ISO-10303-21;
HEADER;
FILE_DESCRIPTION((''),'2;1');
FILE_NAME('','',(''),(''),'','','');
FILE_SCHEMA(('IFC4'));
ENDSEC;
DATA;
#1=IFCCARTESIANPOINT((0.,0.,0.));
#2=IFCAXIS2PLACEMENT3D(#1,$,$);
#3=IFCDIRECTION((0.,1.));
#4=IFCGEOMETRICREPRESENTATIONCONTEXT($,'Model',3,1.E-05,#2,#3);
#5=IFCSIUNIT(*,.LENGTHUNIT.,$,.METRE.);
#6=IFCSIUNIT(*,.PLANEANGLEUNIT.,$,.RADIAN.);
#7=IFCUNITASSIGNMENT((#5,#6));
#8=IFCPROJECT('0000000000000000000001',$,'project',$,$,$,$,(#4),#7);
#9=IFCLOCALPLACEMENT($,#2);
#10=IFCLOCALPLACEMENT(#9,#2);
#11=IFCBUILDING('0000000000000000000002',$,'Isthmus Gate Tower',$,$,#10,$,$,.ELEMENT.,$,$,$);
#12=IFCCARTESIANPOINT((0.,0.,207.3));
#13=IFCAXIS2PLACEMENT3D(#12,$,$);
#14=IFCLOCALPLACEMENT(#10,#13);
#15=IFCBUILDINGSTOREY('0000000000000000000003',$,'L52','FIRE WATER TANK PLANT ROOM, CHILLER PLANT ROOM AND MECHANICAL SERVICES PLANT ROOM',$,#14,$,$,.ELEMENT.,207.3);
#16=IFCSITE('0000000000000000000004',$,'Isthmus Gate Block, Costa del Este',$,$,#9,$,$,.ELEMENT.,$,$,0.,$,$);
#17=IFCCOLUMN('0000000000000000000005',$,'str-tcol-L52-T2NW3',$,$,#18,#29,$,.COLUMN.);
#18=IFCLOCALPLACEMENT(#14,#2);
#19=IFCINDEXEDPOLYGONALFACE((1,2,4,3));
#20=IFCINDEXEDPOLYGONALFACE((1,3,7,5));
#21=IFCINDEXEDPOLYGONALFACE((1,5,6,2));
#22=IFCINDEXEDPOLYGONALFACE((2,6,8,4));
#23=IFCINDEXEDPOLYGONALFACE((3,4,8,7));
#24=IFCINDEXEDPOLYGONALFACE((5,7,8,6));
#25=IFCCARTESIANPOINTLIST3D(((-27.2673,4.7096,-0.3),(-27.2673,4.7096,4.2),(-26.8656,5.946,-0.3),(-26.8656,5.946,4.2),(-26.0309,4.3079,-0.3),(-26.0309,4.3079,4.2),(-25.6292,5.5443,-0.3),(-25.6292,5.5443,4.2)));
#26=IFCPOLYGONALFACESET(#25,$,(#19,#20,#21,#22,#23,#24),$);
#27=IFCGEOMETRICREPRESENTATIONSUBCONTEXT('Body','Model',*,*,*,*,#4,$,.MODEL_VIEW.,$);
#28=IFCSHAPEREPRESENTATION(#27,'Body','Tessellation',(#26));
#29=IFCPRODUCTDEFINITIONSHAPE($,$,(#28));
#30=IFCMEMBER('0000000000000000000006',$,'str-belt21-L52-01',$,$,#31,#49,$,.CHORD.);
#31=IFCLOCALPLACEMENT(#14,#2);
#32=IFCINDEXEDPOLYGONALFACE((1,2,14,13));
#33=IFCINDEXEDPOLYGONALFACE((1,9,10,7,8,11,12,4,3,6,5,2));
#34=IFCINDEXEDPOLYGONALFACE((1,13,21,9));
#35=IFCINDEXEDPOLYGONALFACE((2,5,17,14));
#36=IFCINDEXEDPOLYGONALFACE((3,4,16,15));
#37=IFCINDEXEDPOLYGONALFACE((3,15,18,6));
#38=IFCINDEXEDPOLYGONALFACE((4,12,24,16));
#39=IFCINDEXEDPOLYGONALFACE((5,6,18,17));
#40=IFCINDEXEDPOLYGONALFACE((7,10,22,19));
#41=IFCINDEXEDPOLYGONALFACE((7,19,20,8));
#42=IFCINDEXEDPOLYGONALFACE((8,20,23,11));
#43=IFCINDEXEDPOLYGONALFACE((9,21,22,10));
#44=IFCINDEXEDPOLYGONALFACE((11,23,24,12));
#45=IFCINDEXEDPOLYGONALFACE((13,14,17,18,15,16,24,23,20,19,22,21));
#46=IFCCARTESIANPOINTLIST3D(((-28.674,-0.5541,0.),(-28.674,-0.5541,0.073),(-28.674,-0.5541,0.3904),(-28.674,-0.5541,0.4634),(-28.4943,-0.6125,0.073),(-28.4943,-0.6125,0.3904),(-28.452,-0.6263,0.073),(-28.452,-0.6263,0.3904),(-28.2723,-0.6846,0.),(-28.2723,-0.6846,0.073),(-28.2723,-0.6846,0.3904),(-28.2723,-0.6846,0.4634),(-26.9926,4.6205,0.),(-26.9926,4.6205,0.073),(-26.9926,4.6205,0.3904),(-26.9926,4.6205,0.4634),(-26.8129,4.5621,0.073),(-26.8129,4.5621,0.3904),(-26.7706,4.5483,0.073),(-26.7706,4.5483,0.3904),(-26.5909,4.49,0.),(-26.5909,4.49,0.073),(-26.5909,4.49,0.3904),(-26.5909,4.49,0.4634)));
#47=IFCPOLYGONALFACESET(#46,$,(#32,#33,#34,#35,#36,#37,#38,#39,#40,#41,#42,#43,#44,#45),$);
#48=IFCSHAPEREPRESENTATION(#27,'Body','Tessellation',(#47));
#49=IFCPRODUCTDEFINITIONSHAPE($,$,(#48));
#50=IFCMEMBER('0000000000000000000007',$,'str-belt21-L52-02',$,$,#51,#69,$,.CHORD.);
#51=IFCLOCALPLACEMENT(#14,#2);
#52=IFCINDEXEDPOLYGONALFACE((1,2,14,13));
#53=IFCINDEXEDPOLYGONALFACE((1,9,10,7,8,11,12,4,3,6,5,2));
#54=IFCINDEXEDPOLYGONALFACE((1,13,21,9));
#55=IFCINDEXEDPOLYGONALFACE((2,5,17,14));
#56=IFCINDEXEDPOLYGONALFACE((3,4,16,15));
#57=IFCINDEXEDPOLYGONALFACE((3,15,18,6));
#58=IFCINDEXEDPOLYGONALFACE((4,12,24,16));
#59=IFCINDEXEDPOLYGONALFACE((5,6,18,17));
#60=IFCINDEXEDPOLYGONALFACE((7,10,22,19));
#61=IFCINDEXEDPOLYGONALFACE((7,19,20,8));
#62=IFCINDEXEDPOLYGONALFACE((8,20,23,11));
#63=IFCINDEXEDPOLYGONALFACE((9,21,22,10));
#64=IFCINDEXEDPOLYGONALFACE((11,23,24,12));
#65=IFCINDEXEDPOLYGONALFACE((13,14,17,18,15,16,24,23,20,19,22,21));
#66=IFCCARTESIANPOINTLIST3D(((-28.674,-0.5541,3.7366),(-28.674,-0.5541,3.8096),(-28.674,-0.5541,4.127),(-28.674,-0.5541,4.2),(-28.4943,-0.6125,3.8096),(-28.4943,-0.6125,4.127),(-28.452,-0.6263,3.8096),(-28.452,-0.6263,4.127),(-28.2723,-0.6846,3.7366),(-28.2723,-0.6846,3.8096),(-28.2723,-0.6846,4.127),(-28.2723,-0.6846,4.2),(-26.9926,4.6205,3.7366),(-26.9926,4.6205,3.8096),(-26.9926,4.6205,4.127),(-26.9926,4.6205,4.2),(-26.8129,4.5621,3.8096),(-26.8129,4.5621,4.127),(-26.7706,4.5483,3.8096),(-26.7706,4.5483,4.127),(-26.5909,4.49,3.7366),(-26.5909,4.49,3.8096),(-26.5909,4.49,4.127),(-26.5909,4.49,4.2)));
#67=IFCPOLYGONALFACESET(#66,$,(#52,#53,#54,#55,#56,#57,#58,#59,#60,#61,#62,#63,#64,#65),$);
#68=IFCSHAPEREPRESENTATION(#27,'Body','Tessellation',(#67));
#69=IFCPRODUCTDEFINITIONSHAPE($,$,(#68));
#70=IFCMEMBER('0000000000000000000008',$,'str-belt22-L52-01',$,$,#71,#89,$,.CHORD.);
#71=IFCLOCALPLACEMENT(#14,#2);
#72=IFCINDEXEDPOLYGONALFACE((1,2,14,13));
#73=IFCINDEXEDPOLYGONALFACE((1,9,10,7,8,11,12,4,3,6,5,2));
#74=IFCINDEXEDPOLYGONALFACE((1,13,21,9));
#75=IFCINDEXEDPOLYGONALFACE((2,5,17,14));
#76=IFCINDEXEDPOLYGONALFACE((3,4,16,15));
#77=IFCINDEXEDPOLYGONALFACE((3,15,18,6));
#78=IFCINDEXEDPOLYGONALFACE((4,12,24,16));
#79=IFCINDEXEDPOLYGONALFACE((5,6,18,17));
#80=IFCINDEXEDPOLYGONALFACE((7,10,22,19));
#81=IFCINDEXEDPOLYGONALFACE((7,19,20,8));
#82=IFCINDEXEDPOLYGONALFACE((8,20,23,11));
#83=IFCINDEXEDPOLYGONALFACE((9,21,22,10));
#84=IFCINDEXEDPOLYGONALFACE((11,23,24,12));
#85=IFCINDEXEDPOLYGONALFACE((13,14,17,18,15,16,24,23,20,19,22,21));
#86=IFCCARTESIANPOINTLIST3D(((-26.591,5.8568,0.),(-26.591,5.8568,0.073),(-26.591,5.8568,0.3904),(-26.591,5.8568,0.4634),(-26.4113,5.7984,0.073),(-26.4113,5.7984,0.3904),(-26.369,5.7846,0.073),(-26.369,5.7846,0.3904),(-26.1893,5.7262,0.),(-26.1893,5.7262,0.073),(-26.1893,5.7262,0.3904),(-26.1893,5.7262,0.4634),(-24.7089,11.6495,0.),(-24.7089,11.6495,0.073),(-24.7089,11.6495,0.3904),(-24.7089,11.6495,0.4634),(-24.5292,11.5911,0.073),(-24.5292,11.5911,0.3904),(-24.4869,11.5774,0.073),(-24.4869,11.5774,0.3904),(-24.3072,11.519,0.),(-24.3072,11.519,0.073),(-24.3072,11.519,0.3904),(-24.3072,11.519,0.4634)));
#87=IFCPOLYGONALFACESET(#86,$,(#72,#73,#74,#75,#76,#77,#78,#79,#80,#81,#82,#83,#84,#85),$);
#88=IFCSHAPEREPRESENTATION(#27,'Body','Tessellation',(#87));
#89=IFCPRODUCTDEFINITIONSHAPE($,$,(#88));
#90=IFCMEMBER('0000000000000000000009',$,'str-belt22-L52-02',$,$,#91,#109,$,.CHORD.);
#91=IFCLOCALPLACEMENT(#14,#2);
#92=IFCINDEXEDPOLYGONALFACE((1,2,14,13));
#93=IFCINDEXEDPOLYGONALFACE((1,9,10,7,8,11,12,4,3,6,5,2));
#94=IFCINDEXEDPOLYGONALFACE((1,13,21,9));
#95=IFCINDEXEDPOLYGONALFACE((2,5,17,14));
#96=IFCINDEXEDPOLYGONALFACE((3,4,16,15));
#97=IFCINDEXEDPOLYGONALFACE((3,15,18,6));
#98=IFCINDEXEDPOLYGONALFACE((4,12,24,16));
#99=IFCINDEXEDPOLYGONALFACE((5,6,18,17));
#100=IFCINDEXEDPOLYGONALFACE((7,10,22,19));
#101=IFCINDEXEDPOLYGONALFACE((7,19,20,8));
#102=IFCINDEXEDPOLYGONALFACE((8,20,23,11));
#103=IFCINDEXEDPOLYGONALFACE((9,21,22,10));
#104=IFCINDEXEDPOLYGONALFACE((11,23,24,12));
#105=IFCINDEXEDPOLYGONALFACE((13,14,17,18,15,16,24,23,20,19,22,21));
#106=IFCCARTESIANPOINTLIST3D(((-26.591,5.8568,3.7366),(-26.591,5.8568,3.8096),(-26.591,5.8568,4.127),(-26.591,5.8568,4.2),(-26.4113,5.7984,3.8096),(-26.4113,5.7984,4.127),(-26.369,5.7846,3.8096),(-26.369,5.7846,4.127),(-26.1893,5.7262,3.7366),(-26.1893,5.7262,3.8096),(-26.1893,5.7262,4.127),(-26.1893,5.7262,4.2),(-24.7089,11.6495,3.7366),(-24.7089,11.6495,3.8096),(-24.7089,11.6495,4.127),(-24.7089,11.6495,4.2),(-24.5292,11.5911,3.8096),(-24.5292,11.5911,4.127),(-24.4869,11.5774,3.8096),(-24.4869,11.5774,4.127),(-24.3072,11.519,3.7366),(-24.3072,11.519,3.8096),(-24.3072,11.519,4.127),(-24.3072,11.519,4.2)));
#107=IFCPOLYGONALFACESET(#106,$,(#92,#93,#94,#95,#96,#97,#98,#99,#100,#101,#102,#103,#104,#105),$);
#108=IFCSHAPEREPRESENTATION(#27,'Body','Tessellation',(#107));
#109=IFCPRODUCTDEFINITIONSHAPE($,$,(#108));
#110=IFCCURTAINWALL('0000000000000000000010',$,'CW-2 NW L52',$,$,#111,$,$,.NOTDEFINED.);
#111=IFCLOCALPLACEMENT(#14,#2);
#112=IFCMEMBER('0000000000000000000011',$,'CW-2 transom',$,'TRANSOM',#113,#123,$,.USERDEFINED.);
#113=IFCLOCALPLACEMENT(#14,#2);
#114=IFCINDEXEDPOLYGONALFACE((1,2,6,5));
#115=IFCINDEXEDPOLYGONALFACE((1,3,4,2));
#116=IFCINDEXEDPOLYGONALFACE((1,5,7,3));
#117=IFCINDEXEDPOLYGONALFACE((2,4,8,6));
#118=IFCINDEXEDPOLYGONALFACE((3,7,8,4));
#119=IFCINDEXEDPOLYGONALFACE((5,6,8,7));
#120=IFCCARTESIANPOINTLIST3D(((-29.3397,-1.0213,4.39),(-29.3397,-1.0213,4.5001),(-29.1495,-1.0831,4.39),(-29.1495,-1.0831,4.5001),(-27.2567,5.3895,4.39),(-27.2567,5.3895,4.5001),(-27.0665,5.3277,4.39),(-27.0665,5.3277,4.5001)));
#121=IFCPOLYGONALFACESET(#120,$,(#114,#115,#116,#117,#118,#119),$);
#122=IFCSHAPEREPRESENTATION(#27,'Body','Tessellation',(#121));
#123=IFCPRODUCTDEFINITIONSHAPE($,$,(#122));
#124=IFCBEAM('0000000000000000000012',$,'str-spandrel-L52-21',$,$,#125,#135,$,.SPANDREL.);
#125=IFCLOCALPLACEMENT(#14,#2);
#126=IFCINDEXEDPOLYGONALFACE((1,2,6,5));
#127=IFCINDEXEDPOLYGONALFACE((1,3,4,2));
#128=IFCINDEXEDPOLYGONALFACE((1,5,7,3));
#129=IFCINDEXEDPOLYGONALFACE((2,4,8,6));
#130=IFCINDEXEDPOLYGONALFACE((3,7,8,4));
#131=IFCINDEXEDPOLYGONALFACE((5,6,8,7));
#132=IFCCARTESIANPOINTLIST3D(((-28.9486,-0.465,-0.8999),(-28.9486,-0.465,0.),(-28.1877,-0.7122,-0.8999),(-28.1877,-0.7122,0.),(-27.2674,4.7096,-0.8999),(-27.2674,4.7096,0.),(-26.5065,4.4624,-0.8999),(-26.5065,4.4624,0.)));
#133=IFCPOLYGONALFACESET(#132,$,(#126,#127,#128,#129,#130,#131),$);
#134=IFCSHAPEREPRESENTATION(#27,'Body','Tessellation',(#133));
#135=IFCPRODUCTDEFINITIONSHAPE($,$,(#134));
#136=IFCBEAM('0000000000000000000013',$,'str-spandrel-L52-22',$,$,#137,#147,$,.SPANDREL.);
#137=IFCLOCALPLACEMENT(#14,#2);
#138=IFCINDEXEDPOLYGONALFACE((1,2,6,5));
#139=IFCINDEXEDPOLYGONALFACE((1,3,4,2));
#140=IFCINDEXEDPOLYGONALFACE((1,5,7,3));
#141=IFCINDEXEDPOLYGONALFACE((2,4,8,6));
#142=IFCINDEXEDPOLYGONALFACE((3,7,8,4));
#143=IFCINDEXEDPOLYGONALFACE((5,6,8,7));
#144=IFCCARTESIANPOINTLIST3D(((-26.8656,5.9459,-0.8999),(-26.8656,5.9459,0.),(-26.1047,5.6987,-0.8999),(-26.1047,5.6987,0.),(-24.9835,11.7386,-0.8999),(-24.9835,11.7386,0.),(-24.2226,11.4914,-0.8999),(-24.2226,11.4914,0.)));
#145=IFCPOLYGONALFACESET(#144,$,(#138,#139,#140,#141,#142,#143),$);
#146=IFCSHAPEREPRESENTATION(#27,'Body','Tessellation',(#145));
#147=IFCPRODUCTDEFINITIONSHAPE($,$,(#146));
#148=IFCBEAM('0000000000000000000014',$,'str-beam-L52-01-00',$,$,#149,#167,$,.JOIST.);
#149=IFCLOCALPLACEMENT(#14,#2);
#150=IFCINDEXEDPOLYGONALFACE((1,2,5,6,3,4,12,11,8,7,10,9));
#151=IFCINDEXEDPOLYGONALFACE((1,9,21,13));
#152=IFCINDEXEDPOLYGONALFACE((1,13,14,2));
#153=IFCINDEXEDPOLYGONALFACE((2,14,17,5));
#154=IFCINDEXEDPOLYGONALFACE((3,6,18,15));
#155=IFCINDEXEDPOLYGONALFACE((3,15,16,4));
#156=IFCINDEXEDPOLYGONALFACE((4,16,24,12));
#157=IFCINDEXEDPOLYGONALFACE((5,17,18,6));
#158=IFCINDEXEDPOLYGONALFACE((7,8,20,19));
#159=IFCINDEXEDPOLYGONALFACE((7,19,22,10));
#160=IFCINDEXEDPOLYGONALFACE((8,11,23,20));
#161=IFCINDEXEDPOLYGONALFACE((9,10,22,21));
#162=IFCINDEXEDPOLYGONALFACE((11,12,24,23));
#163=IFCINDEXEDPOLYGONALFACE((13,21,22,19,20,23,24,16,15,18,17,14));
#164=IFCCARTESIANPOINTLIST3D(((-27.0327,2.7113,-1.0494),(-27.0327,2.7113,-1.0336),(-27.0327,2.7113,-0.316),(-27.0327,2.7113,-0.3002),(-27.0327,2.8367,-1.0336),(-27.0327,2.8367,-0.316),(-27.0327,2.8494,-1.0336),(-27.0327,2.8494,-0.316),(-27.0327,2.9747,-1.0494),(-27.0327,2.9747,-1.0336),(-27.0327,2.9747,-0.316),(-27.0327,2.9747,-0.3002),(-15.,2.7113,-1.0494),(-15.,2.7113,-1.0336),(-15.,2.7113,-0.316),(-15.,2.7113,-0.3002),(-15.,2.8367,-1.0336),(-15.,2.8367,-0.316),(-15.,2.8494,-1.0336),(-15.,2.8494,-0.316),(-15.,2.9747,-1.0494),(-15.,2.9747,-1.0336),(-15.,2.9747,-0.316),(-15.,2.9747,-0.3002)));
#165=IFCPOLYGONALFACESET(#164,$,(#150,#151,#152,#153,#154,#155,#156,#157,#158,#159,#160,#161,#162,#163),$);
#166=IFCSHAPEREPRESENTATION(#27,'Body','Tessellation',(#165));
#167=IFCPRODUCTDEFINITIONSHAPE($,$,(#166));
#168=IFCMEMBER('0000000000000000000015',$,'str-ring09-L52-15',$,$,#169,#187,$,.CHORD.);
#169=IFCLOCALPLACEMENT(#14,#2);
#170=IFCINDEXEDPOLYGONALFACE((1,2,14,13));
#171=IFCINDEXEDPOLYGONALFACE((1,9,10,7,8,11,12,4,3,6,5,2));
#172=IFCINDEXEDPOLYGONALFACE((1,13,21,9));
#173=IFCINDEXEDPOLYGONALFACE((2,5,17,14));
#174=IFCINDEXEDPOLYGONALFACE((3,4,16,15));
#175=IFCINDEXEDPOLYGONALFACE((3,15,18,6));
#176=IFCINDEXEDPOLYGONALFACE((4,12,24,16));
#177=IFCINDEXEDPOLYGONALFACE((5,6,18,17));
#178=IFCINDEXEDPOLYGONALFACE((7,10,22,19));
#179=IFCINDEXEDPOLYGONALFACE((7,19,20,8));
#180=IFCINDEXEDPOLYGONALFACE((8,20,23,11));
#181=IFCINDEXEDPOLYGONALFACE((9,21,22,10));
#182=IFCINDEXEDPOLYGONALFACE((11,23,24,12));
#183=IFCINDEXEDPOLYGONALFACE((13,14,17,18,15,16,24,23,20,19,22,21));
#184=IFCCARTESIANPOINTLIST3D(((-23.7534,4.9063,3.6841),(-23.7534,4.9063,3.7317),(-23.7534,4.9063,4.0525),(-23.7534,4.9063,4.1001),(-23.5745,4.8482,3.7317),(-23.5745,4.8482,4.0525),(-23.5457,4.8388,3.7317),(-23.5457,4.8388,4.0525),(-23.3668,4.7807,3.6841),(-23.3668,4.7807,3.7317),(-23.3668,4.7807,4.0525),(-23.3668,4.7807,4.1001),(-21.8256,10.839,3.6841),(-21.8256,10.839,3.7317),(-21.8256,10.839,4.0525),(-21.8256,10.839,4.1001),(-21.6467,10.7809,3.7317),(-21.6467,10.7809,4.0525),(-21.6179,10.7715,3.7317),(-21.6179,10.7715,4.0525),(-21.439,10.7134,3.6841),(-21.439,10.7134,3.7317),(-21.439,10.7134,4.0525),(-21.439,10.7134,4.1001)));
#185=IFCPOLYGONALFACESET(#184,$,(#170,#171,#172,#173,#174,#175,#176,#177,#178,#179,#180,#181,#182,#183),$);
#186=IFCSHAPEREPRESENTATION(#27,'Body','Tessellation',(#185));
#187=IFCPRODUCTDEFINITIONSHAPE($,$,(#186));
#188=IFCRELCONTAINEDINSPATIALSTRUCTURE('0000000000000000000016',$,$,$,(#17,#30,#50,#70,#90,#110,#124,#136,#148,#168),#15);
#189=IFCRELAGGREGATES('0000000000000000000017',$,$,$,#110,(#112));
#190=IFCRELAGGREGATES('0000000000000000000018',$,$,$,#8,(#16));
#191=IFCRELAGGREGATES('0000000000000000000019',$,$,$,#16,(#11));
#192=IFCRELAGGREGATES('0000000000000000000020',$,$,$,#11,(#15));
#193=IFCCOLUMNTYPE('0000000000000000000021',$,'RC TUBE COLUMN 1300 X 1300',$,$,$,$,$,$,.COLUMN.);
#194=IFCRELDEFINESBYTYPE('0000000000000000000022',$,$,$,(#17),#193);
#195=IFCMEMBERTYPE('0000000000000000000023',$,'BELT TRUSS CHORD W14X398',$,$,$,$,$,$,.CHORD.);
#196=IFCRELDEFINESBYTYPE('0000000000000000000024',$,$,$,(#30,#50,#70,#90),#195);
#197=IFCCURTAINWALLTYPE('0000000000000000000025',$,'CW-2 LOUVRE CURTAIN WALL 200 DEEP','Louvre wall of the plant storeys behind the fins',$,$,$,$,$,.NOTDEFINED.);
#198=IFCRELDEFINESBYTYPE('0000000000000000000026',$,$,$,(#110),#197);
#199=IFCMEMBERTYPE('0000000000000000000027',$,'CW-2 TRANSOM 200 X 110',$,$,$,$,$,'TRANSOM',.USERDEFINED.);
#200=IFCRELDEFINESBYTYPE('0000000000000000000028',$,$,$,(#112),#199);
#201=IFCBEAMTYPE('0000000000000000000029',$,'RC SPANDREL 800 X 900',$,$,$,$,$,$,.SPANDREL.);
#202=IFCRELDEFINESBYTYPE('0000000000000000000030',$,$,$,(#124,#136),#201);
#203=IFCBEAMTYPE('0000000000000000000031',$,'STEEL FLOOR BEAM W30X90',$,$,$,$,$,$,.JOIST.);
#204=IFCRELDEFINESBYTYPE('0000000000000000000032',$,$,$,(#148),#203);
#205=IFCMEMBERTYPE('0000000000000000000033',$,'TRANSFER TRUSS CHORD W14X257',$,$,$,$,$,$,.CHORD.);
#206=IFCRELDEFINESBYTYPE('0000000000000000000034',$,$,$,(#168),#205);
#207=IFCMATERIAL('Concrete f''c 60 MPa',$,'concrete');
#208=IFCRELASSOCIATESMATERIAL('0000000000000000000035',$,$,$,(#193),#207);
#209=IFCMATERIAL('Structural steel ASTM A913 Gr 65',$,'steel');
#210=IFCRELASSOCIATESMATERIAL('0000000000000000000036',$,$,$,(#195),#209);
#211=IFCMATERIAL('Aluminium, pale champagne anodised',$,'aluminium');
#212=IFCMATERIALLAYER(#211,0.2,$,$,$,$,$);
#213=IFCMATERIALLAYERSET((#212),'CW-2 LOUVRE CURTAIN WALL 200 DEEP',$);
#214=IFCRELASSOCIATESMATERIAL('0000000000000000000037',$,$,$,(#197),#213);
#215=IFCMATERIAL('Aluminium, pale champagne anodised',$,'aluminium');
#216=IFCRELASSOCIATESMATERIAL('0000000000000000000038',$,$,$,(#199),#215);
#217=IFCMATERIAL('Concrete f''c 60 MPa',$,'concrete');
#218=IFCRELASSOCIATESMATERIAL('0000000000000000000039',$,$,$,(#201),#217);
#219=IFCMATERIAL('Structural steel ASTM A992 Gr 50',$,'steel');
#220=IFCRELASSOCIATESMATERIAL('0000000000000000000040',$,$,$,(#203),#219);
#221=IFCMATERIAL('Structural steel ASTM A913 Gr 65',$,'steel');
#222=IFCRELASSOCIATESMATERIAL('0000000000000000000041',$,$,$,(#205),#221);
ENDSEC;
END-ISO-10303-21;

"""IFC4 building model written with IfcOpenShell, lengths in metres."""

from ifc_helpers import new_model, si_unit, direction, frame, origin, origin_2d, place, context, subcontext, project, spatial, rectangle, i_section, extrude, material, layer, layer_set, material_profile, profile_set, type_object, element, aggregate, save


model = new_model("IFC4")

# Units and contexts
model_context = context("Model", 3, precision=1e-05, world=origin(), true_north=direction((0.0, 1.0)))
body_context = subcontext(model_context, "Body", "Model", "MODEL_VIEW")
ifc_project = project(units=[si_unit("LENGTHUNIT", "METRE"), si_unit("PLANEANGLEUNIT", "RADIAN")], contexts=[model_context])

# Site, building, storey
site_placement = place(None, origin())
site = spatial("IfcSite", under=ifc_project, at=site_placement, Name="Isthmus Gate Block, Costa del Este", CompositionType="ELEMENT", RefElevation=0.0)
building_placement = place(site_placement, origin())
building = spatial("IfcBuilding", under=site, at=building_placement, Name="Isthmus Gate Tower", CompositionType="ELEMENT")
storey_placement = place(building_placement, frame((0.0, 0.0, 207.3)))
storey = spatial("IfcBuildingStorey", under=building, at=storey_placement, Name="L52", Description="FIRE WATER TANK PLANT ROOM, CHILLER PLANT ROOM AND MECHANICAL SERVICES PLANT ROOM", CompositionType="ELEMENT", Elevation=207.3)

# Column
ifc_material_1 = material(Name="Concrete f'c 60 MPa", Category="concrete")
ifc_material_profile_1 = material_profile(ifc_material_1, rectangle(XDim=1.3, YDim=1.3, at=origin_2d()), Name="RC 1300X1300")
ifc_profile_set_1 = profile_set([ifc_material_profile_1], Name="Concrete f'c 60 MPa")
column_type = type_object("IfcColumnType", Name="RC TUBE COLUMN 1300 X 1300", PredefinedType="COLUMN", material=ifc_profile_set_1)
column_placement = place(storey_placement, frame((-26.4482, 5.127, -0.3), z_axis=(0.0, 0.0, 1.0), x_axis=(-0.309017, -0.951057, 0.0)))
element("IfcColumn", 1, at=column_placement, inside=storey, type_object=column_type, Name="str-tcol-L52-T2NW3", PredefinedType="COLUMN", context=body_context, shape_type="SweptSolid", body=[
    extrude(rectangle(XDim=1.3, YDim=1.3, at=origin_2d()), origin(), (0.0, 0.0, 1.0), 4.5),
])

# Members
ifc_material_2 = material(Name="Structural steel ASTM A913 Gr 65", Category="steel")
ifc_material_profile_2 = material_profile(ifc_material_2, i_section(OverallWidth=0.4224, OverallDepth=0.4634, WebThickness=0.0444, FlangeThickness=0.073, at=origin_2d()), Name="W14X398")
ifc_profile_set_2 = profile_set([ifc_material_profile_2], Name="Structural steel ASTM A913 Gr 65")
member_type_1 = type_object("IfcMemberType", Name="BELT TRUSS CHORD W14X398", PredefinedType="CHORD", material=ifc_profile_set_2)
for number, where, z_axis, x_axis, name in (
    (2, (-28.4731, -0.6194, 0.2317), (0.30903, 0.951052, 0.0), (-0.951052, 0.30903, 0.0), "str-belt21-L52-01"),
    (3, (-28.4731, -0.6194, 3.9683), (0.30903, 0.951052, 0.0), (-0.951052, 0.30903, 0.0), "str-belt21-L52-02"),
):
    element("IfcMember", number, at=place(storey_placement, frame(where, z_axis=z_axis, x_axis=x_axis)), inside=storey, type_object=member_type_1, Name=name, PredefinedType="CHORD", context=body_context, shape_type="SweptSolid", body=[
        extrude(i_section(OverallWidth=0.4224, OverallDepth=0.4634, WebThickness=0.0444, FlangeThickness=0.073, at=origin_2d()), origin(), (0.0, 0.0, 1.0), 5.4409),
    ])
for number, where, z_axis, x_axis, name in (
    (4, (-26.3901, 5.7915, 0.2317), (0.309004, 0.951061, 0.0), (-0.951061, 0.309004, 0.0), "str-belt22-L52-01"),
    (5, (-26.3901, 5.7915, 3.9683), (0.309004, 0.951061, 0.0), (-0.951061, 0.309004, 0.0), "str-belt22-L52-02"),
):
    element("IfcMember", number, at=place(storey_placement, frame(where, z_axis=z_axis, x_axis=x_axis)), inside=storey, type_object=member_type_1, Name=name, PredefinedType="CHORD", context=body_context, shape_type="SweptSolid", body=[
        extrude(i_section(OverallWidth=0.4224, OverallDepth=0.4634, WebThickness=0.0444, FlangeThickness=0.073, at=origin_2d()), origin(), (0.0, 0.0, 1.0), 6.0908),
    ])

# Curtain wall, member
ifc_material_3 = material(Name="Aluminium, pale champagne anodised", Category="aluminium")
ifc_layer_1 = layer(ifc_material_3, 0.2)
ifc_layer_set_1 = layer_set([ifc_layer_1], Name="CW-2 LOUVRE CURTAIN WALL 200 DEEP")
curtain_wall_type = type_object("IfcCurtainWallType", Name="CW-2 LOUVRE CURTAIN WALL 200 DEEP", Description="Louvre wall of the plant storeys behind the fins", PredefinedType="NOTDEFINED", material=ifc_layer_set_1)
curtain_wall_placement = place(storey_placement, origin())
curtain_wall = element("IfcCurtainWall", 6, at=curtain_wall_placement, inside=storey, type_object=curtain_wall_type, Name="CW-2 NW L52", PredefinedType="NOTDEFINED")
ifc_material_4 = material(Name="Aluminium, pale champagne anodised", Category="aluminium")
ifc_material_profile_3 = material_profile(ifc_material_4, rectangle(XDim=0.2, YDim=0.1101, at=origin_2d()), Name="200x110")
ifc_profile_set_3 = profile_set([ifc_material_profile_3], Name="Aluminium, pale champagne anodised")
member_type_2 = type_object("IfcMemberType", Name="CW-2 TRANSOM 200 X 110", ElementType="TRANSOM", PredefinedType="USERDEFINED", material=ifc_profile_set_3)
member_1_placement = place(storey_placement, frame((-27.1616, 5.3586, 4.4451), z_axis=(-0.309015, -0.951057, 0.0), x_axis=(0.951057, -0.309015, 0.0)))
member_1 = element("IfcMember", 7, at=member_1_placement, type_object=member_type_2, Name="CW-2 transom", ObjectType="TRANSOM", PredefinedType="USERDEFINED", context=body_context, shape_type="SweptSolid", body=[
    extrude(rectangle(XDim=0.2, YDim=0.1101, at=origin_2d()), origin(), (0.0, 0.0, 1.0), 6.7407),
])

# Beams
ifc_material_5 = material(Name="Concrete f'c 60 MPa", Category="concrete")
ifc_material_profile_4 = material_profile(ifc_material_5, rectangle(XDim=0.8, YDim=0.8999, at=origin_2d()), Name="RC 800X900")
ifc_profile_set_4 = profile_set([ifc_material_profile_4], Name="Concrete f'c 60 MPa")
beam_type_1 = type_object("IfcBeamType", Name="RC SPANDREL 800 X 900", PredefinedType="SPANDREL", material=ifc_profile_set_4)
beam_1_placement = place(storey_placement, frame((-28.5681, -0.5886, -0.45), z_axis=(0.30899, 0.951065, 0.0), x_axis=(-0.951065, 0.30899, 0.0)))
element("IfcBeam", 8, at=beam_1_placement, inside=storey, type_object=beam_type_1, Name="str-spandrel-L52-21", PredefinedType="SPANDREL", context=body_context, shape_type="SweptSolid", body=[
    extrude(rectangle(XDim=0.8, YDim=0.8999, at=origin_2d()), origin(), (0.0, 0.0, 1.0), 5.4409),
])
beam_2_placement = place(storey_placement, frame((-26.4851, 5.8223, -0.45), z_axis=(0.309004, 0.951061, 0.0), x_axis=(-0.951061, 0.309004, 0.0)))
element("IfcBeam", 9, at=beam_2_placement, inside=storey, type_object=beam_type_1, Name="str-spandrel-L52-22", PredefinedType="SPANDREL", context=body_context, shape_type="SweptSolid", body=[
    extrude(rectangle(XDim=0.8, YDim=0.8999, at=origin_2d()), origin(), (0.0, 0.0, 1.0), 6.0908),
])
ifc_material_6 = material(Name="Structural steel ASTM A992 Gr 50", Category="steel")
ifc_material_profile_5 = material_profile(ifc_material_6, i_section(OverallWidth=0.2634, OverallDepth=0.7493, WebThickness=0.0127, FlangeThickness=0.0159, at=origin_2d()), Name="W30X90")
ifc_profile_set_5 = profile_set([ifc_material_profile_5], Name="Structural steel ASTM A992 Gr 50")
beam_type_2 = type_object("IfcBeamType", Name="STEEL FLOOR BEAM W30X90", PredefinedType="JOIST", material=ifc_profile_set_5)
beam_3_placement = place(storey_placement, frame((-27.0327, 2.843, -0.6748), z_axis=(1.0, 0.0, 0.0), x_axis=(0.0, 1.0, 0.0)))
element("IfcBeam", 10, at=beam_3_placement, inside=storey, type_object=beam_type_2, Name="str-beam-L52-01-00", PredefinedType="JOIST", context=body_context, shape_type="SweptSolid", body=[
    extrude(i_section(OverallWidth=0.2634, OverallDepth=0.7493, WebThickness=0.0127, FlangeThickness=0.0159, at=origin_2d()), origin(), (0.0, 0.0, 1.0), 12.0327),
])

# Member
ifc_material_7 = material(Name="Structural steel ASTM A913 Gr 65", Category="steel")
ifc_material_profile_6 = material_profile(ifc_material_7, i_section(OverallWidth=0.4065, OverallDepth=0.416, WebThickness=0.0303, FlangeThickness=0.0476, at=origin_2d()), Name="W14X257")
ifc_profile_set_6 = profile_set([ifc_material_profile_6], Name="Structural steel ASTM A913 Gr 65")
member_type_3 = type_object("IfcMemberType", Name="TRANSFER TRUSS CHORD W14X257", PredefinedType="CHORD", material=ifc_profile_set_6)
member_2_placement = place(storey_placement, frame((-23.5601, 4.8435, 3.8921), z_axis=(0.309033, 0.951051, 0.0), x_axis=(-0.951051, 0.309033, 0.0)))
element("IfcMember", 11, at=member_2_placement, inside=storey, type_object=member_type_3, Name="str-ring09-L52-15", PredefinedType="CHORD", context=body_context, shape_type="SweptSolid", body=[
    extrude(i_section(OverallWidth=0.4065, OverallDepth=0.416, WebThickness=0.0303, FlangeThickness=0.0476, at=origin_2d()), origin(), (0.0, 0.0, 1.0), 6.238),
])

aggregate(curtain_wall, [member_1])

save(model, "model.ifc")
